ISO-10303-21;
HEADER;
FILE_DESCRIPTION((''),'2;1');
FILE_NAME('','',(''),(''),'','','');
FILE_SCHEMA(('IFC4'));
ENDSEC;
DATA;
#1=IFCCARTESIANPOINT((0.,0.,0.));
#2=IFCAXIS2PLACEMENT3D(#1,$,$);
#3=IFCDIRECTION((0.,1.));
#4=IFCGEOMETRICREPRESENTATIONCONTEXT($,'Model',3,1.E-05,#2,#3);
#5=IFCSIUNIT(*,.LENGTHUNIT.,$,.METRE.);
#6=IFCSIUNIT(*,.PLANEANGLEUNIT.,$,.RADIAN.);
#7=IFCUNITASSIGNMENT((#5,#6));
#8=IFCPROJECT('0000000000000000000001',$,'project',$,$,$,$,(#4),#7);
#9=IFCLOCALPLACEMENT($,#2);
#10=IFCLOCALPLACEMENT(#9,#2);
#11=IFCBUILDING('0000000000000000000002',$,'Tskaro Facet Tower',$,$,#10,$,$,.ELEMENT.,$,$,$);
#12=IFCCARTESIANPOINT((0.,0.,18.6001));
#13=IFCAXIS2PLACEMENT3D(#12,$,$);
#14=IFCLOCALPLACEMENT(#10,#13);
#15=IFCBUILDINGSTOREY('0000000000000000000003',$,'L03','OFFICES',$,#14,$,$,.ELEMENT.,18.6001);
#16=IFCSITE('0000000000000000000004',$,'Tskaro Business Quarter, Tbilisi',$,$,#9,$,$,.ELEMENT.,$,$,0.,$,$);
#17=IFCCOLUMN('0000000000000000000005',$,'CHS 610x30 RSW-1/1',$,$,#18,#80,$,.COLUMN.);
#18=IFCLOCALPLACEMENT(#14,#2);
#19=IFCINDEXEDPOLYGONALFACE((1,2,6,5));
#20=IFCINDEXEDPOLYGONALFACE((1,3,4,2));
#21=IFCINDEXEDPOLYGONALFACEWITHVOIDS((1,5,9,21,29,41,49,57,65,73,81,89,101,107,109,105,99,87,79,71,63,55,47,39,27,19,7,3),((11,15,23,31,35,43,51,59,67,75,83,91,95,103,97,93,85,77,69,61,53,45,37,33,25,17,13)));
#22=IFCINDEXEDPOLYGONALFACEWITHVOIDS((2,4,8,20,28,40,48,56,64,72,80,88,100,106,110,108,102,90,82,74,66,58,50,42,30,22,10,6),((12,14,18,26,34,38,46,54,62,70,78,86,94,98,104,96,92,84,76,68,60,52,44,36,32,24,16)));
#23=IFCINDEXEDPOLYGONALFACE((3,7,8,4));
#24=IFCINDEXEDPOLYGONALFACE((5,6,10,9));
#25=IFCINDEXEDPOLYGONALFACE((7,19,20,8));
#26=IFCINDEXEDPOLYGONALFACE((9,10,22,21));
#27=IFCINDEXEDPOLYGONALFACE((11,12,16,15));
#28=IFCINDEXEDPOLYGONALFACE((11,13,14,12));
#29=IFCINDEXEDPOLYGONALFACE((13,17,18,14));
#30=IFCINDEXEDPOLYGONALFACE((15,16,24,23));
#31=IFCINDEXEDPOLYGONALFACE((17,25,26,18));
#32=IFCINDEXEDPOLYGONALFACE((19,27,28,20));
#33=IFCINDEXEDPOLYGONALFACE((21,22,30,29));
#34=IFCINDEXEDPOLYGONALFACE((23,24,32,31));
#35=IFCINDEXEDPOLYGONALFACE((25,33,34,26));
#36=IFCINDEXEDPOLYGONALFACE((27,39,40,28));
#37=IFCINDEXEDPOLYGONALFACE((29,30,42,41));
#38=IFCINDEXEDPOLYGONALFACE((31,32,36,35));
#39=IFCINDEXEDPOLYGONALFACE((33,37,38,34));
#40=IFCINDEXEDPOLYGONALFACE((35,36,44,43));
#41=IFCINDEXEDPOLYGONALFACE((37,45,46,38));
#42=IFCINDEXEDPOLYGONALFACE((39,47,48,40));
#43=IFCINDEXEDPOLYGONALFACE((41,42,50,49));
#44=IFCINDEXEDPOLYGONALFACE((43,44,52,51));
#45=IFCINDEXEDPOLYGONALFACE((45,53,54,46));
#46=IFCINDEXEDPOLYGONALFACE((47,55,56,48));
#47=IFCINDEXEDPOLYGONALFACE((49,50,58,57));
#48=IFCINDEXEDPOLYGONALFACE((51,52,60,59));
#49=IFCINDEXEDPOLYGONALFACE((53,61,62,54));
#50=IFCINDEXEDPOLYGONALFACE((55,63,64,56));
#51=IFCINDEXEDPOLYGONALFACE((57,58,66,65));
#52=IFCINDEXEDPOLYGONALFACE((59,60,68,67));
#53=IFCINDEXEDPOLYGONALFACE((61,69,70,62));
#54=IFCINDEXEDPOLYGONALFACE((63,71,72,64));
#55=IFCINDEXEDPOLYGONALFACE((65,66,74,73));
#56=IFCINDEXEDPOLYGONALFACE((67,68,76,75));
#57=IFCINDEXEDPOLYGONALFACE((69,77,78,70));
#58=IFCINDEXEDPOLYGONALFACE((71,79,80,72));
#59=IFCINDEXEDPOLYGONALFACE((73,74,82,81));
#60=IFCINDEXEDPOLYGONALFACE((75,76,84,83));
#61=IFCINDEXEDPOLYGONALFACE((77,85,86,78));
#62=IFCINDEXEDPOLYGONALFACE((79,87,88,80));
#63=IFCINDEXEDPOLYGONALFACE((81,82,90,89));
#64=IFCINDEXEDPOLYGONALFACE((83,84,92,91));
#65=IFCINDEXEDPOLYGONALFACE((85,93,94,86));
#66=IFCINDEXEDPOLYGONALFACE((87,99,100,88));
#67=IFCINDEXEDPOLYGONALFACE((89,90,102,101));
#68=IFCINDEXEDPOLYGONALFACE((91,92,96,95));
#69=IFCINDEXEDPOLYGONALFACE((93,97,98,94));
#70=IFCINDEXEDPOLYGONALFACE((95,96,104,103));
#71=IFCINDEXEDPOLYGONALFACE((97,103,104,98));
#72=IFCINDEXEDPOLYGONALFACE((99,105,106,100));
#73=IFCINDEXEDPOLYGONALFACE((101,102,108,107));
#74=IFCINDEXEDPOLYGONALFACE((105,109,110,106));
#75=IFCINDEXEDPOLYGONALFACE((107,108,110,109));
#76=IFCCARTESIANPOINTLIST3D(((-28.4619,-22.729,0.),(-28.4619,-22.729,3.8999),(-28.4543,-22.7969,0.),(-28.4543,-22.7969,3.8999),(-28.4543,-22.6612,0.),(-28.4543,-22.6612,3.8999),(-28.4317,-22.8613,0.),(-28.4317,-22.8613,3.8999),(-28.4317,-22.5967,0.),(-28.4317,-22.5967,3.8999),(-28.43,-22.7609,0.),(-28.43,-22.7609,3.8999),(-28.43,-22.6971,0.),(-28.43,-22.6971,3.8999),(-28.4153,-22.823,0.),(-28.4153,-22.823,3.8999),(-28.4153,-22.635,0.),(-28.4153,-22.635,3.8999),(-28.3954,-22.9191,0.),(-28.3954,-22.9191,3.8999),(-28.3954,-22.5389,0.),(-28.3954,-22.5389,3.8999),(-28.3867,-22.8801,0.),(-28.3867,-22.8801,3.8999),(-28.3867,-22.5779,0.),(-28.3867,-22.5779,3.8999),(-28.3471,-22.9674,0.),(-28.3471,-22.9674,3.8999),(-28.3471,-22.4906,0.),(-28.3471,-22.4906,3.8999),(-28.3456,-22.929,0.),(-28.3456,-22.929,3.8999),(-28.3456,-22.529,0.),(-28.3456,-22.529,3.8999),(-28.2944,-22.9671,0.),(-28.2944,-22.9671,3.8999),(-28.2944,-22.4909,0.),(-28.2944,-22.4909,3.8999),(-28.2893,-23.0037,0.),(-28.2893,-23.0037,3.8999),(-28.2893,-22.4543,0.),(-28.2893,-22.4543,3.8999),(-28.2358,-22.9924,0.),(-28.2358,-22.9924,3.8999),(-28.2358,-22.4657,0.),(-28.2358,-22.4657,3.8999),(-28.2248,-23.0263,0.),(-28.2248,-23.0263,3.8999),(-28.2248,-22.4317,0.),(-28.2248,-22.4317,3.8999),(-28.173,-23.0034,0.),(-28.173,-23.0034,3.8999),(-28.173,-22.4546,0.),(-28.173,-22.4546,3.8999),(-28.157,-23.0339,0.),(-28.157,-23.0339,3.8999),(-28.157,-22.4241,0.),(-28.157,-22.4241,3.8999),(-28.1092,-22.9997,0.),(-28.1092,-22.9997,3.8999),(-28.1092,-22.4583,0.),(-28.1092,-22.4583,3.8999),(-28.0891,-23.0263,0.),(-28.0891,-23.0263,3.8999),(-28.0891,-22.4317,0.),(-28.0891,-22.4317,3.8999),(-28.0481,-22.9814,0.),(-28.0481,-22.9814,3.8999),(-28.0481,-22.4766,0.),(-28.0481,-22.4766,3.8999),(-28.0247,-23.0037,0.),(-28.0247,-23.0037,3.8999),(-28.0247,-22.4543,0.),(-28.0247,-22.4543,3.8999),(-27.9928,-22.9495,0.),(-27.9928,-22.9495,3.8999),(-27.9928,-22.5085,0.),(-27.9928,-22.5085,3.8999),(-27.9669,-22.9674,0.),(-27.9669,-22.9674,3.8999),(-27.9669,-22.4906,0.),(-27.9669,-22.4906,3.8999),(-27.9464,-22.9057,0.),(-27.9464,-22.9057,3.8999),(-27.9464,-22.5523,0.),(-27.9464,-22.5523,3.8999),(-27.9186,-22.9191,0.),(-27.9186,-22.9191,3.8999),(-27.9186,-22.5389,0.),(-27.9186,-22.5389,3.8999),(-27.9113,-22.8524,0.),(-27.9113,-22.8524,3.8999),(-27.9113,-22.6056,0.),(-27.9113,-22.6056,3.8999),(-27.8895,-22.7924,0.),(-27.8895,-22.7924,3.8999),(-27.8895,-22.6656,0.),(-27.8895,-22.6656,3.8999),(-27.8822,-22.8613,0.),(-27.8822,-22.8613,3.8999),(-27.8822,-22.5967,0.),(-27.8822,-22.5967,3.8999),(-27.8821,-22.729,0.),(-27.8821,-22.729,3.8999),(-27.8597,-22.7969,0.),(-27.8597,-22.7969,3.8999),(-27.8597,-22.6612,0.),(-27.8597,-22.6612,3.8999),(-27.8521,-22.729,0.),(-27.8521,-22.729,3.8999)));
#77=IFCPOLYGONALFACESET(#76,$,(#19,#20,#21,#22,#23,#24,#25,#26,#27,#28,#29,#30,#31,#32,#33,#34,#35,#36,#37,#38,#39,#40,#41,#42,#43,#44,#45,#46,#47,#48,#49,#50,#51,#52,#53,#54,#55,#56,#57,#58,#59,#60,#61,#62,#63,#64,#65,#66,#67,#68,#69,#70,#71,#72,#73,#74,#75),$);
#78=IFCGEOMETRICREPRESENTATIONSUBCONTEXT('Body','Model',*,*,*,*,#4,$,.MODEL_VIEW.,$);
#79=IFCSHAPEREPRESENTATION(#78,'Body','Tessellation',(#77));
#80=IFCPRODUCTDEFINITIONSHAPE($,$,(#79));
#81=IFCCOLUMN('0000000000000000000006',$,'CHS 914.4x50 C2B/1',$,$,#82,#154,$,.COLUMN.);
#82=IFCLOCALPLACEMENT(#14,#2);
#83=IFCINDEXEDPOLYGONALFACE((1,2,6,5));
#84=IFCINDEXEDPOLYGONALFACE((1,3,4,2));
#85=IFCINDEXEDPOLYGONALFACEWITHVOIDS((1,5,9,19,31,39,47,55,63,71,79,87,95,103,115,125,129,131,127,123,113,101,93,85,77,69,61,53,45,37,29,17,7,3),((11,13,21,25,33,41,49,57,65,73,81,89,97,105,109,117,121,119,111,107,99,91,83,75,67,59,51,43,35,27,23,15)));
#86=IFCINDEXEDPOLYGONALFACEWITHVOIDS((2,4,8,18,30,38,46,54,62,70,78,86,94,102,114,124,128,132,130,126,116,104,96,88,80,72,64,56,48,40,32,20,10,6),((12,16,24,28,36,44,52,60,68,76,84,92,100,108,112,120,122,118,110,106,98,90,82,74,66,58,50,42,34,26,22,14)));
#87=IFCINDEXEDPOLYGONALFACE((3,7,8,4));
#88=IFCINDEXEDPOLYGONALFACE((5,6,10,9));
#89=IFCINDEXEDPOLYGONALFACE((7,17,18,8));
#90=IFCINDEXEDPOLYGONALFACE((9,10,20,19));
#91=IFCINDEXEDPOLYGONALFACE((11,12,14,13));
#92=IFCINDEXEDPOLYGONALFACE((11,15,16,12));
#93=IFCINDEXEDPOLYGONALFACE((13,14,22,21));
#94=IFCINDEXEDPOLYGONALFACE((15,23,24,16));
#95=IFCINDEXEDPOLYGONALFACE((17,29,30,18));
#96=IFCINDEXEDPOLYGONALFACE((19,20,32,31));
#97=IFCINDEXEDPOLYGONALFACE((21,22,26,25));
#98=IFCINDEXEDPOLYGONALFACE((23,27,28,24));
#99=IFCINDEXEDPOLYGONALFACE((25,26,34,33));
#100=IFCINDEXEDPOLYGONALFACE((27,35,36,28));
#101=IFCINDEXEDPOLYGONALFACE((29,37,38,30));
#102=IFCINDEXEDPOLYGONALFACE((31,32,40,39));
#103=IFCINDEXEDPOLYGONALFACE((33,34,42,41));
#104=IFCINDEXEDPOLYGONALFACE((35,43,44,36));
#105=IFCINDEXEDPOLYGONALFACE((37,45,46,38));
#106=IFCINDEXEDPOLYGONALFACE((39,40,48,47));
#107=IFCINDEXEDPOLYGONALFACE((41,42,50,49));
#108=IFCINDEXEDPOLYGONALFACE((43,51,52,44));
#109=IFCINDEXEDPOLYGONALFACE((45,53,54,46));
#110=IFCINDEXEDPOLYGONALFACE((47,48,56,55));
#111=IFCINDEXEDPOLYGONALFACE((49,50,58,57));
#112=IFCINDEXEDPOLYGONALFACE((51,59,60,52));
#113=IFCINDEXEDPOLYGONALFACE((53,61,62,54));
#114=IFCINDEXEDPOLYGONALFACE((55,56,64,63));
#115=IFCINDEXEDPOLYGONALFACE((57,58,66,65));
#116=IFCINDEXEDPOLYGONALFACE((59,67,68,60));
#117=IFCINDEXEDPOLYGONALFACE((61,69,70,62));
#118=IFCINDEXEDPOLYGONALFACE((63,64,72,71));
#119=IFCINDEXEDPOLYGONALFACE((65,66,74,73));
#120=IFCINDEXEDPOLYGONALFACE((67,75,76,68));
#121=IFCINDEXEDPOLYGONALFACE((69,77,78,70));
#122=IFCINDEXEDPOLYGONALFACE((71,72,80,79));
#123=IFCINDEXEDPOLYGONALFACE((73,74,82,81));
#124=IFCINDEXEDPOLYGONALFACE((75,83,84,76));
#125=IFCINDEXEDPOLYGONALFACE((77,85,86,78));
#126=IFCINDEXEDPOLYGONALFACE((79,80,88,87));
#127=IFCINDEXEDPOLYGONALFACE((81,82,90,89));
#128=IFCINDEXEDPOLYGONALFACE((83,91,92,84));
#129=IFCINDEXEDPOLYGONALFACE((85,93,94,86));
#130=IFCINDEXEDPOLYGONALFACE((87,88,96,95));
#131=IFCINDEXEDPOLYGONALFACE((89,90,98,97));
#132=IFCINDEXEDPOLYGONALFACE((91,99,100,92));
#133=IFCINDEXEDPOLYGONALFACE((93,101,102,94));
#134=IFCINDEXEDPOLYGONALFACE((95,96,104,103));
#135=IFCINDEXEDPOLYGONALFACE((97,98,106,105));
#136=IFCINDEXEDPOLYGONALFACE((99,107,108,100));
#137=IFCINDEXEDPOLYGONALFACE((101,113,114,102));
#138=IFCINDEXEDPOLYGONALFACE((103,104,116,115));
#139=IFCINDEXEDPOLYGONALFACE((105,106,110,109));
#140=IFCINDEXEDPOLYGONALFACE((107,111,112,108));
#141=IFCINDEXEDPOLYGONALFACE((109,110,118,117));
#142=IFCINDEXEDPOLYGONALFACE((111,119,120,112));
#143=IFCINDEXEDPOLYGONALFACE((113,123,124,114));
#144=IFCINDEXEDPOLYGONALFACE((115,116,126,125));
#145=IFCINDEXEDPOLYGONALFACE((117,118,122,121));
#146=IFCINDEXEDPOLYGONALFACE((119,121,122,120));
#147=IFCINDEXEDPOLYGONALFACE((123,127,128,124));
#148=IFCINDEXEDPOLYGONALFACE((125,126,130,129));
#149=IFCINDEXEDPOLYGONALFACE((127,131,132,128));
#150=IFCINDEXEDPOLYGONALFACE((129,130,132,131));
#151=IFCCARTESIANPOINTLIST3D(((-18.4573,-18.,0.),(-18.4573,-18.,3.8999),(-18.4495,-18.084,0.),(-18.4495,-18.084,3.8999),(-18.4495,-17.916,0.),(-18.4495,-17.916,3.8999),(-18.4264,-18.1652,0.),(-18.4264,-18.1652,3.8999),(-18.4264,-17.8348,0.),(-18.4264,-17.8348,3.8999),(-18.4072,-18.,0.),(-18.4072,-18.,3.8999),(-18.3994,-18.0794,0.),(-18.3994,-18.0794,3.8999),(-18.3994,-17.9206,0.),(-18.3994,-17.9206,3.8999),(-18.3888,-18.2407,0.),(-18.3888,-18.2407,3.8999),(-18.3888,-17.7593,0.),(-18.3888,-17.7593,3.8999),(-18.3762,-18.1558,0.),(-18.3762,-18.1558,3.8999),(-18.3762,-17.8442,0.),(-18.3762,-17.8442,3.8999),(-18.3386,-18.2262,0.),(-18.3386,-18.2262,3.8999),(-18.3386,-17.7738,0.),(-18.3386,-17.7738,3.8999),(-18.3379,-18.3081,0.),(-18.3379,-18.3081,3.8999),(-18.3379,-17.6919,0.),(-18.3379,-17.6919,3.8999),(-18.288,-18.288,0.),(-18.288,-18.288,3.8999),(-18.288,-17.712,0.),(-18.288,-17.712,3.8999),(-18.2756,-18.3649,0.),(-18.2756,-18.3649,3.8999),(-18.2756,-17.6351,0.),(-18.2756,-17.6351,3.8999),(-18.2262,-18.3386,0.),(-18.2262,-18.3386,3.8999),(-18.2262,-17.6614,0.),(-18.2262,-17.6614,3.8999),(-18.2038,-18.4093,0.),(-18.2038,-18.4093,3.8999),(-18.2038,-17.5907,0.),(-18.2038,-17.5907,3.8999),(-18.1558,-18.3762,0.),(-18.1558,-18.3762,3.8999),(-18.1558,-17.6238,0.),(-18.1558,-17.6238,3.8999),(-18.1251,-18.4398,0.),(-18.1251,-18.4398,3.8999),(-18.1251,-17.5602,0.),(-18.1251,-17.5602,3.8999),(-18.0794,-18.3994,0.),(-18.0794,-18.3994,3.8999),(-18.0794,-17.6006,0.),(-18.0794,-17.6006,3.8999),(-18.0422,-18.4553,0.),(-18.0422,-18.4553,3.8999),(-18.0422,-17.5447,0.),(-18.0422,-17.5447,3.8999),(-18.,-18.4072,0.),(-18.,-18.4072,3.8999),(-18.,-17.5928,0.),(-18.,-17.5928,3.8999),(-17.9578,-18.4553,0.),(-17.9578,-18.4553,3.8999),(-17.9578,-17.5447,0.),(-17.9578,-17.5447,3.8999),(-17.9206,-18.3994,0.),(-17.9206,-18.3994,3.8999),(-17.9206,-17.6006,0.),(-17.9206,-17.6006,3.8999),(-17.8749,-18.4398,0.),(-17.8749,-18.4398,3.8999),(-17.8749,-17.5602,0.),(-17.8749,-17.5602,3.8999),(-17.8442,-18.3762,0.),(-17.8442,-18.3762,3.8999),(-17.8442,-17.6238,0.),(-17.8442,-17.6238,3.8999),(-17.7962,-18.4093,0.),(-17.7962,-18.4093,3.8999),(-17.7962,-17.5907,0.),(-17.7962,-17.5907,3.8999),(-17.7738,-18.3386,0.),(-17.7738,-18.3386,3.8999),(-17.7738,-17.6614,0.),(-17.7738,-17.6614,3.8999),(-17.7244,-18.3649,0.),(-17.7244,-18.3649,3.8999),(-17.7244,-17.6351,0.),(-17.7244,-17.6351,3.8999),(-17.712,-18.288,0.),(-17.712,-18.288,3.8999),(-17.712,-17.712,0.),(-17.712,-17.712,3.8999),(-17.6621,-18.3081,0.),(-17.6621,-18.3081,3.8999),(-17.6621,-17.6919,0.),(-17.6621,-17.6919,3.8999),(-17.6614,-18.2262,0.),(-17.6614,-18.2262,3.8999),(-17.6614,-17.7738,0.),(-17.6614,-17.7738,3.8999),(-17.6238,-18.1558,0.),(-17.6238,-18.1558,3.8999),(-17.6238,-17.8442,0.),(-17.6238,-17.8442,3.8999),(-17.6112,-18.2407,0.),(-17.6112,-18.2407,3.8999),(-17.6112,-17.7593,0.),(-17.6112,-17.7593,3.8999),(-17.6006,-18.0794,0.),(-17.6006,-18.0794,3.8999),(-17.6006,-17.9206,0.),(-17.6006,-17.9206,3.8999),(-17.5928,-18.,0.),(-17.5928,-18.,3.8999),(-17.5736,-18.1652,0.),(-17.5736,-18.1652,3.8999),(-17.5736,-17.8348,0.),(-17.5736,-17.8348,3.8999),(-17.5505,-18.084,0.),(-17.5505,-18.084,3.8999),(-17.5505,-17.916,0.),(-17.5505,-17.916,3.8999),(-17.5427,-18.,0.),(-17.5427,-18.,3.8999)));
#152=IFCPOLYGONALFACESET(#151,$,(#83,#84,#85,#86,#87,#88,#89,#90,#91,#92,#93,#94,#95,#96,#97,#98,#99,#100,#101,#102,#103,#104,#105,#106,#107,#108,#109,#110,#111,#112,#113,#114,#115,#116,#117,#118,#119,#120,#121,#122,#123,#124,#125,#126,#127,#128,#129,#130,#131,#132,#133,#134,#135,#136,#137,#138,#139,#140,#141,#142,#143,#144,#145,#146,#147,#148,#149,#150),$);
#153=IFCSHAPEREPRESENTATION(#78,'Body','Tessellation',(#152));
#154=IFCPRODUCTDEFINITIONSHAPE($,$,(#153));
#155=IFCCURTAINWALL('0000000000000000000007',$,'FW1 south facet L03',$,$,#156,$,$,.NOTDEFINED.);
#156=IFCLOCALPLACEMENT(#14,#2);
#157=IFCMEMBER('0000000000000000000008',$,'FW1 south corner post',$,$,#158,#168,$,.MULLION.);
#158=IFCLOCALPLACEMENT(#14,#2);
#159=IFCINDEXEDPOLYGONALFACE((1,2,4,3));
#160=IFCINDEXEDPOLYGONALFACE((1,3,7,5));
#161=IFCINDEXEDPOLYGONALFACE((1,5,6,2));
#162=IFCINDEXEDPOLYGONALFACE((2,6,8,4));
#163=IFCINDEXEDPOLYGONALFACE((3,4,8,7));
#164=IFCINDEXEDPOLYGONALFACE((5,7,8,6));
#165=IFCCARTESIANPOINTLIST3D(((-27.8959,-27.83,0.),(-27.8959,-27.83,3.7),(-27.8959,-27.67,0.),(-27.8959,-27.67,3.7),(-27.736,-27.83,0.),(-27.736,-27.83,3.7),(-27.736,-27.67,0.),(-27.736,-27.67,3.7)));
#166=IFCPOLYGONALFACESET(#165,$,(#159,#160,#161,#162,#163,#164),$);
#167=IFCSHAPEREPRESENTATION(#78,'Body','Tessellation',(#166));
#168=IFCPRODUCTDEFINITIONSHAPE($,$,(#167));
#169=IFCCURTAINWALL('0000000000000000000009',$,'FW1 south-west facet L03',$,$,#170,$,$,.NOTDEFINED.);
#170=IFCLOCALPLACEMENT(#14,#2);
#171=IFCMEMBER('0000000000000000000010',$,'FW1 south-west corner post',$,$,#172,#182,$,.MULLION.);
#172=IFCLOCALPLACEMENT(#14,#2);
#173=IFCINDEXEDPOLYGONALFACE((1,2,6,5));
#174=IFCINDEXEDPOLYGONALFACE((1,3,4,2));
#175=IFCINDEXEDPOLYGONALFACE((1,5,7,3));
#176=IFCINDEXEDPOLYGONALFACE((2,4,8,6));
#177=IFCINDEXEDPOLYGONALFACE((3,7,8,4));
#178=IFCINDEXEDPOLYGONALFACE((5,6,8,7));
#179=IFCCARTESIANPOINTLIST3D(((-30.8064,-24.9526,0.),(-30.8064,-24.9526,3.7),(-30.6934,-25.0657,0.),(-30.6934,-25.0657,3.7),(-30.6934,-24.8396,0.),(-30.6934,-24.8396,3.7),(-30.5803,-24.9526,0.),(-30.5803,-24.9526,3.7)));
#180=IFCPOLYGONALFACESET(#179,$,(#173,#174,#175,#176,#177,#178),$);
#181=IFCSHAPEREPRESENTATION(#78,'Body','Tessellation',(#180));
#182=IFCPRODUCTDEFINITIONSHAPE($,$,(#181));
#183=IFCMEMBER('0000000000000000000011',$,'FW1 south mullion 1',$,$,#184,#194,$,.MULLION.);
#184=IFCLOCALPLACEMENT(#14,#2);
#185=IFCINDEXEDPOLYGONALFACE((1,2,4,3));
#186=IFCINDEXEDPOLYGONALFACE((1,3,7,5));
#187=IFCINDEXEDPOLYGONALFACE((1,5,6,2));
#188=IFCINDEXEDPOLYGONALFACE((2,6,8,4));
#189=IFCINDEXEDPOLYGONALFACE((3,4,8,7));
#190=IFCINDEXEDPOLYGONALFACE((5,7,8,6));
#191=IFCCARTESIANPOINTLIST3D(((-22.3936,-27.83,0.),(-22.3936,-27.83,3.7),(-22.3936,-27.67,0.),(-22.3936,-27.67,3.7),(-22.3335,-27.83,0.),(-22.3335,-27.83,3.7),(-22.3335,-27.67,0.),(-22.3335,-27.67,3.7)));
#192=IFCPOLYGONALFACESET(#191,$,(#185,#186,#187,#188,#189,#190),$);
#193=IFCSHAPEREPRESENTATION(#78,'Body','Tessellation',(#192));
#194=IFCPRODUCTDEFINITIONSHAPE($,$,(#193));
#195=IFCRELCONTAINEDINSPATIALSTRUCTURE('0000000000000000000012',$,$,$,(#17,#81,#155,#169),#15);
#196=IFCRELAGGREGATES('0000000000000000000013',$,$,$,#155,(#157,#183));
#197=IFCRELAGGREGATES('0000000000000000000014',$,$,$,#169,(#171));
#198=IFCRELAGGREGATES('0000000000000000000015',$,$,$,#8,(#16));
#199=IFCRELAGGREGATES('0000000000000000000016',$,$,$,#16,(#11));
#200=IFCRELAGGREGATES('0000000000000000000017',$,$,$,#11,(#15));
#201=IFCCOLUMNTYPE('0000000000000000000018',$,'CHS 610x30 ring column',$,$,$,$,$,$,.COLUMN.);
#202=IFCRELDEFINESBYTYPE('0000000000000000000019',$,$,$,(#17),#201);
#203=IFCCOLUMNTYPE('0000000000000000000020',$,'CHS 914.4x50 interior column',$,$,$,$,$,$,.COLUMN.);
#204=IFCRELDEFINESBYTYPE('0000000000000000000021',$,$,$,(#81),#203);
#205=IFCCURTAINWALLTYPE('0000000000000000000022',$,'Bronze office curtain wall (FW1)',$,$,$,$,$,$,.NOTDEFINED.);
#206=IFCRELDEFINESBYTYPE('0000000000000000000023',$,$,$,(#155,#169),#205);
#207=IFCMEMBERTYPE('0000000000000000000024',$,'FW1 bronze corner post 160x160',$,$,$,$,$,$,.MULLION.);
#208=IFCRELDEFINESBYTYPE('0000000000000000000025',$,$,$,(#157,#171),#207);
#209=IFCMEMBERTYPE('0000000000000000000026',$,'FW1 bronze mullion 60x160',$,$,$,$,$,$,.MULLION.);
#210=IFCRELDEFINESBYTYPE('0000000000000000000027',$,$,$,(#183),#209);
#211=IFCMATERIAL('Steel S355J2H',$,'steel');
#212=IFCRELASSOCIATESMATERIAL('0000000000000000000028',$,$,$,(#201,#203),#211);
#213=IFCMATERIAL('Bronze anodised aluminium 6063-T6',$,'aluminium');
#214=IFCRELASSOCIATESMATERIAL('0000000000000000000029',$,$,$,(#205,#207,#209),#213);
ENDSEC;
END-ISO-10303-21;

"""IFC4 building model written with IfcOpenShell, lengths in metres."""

from ifc_helpers import new_model, si_unit, direction, frame, origin, origin_2d, place, context, subcontext, project, spatial, rectangle, hollow_circle, extrude, material, material_profile, profile_set, type_object, element, aggregate, save


model = new_model("IFC4")

# Units and contexts
model_context = context("Model", 3, precision=1e-05, world=origin(), true_north=direction((0.0, 1.0)))
body_context = subcontext(model_context, "Body", "Model", "MODEL_VIEW")
ifc_project = project(units=[si_unit("LENGTHUNIT", "METRE"), si_unit("PLANEANGLEUNIT", "RADIAN")], contexts=[model_context])

# Site, building, storey
site_placement = place(None, origin())
site = spatial("IfcSite", under=ifc_project, at=site_placement, Name="Tskaro Business Quarter, Tbilisi", CompositionType="ELEMENT", RefElevation=0.0)
building_placement = place(site_placement, origin())
building = spatial("IfcBuilding", under=site, at=building_placement, Name="Tskaro Facet Tower", CompositionType="ELEMENT")
storey_placement = place(building_placement, frame((0.0, 0.0, 18.6001)))
storey = spatial("IfcBuildingStorey", under=building, at=storey_placement, Name="L03", Description="OFFICES", CompositionType="ELEMENT", Elevation=18.6001)

# Columns
ifc_material_1 = material(Name="Steel S355J2H", Category="steel")
ifc_material_profile_1 = material_profile(ifc_material_1, hollow_circle(Radius=0.3049, WallThickness=0.03, at=origin_2d()), Name="CHS 610x30")
ifc_profile_set_1 = profile_set([ifc_material_profile_1], Name="Steel S355J2H")
column_type_1 = type_object("IfcColumnType", Name="CHS 610x30 ring column", PredefinedType="COLUMN", material=ifc_profile_set_1)
for number, where, z_axis, x_axis, name in (
    (1, (-28.157, -22.729, 0.0), (0.0, 0.0, 1.0), (1.0, 0.0, 0.0), "CHS 610x30 RSW-1/1"),
):
    element("IfcColumn", number, at=place(storey_placement, frame(where, z_axis=z_axis, x_axis=x_axis)), inside=storey, type_object=column_type_1, Name=name, PredefinedType="COLUMN", context=body_context, shape_type="SweptSolid", body=[
        extrude(hollow_circle(Radius=0.3049, WallThickness=0.03, at=origin_2d()), origin(), (0.0, 0.0, 1.0), 3.8999),
    ])
ifc_material_profile_2 = material_profile(ifc_material_1, hollow_circle(Radius=0.4573, WallThickness=0.05, at=origin_2d()), Name="CHS 914.4x50")
ifc_profile_set_2 = profile_set([ifc_material_profile_2], Name="Steel S355J2H")
column_type_2 = type_object("IfcColumnType", Name="CHS 914.4x50 interior column", PredefinedType="COLUMN", material=ifc_profile_set_2)
column_placement = place(storey_placement, frame((-18.0, -18.0, 0.0), z_axis=(0.0, 0.0, 1.0), x_axis=(1.0, 0.0, 0.0)))
element("IfcColumn", 2, at=column_placement, inside=storey, type_object=column_type_2, Name="CHS 914.4x50 C2B/1", PredefinedType="COLUMN", context=body_context, shape_type="SweptSolid", body=[
    extrude(hollow_circle(Radius=0.4573, WallThickness=0.05, at=origin_2d()), origin(), (0.0, 0.0, 1.0), 3.8999),
])

# Curtain walls, members
ifc_material_2 = material(Name="Bronze anodised aluminium 6063-T6", Category="aluminium")
curtain_wall_type = type_object("IfcCurtainWallType", Name="Bronze office curtain wall (FW1)", PredefinedType="NOTDEFINED", material=ifc_material_2)
curtain_wall_1_placement = place(storey_placement, origin())
curtain_wall_1 = element("IfcCurtainWall", 3, at=curtain_wall_1_placement, inside=storey, type_object=curtain_wall_type, Name="FW1 south facet L03", PredefinedType="NOTDEFINED")
ifc_material_profile_3 = material_profile(ifc_material_2, rectangle(XDim=0.1599, YDim=0.1599, at=origin_2d()), Name="Corner post 160x160")
ifc_profile_set_3 = profile_set([ifc_material_profile_3], Name="Bronze anodised aluminium 6063-T6")
member_type_1 = type_object("IfcMemberType", Name="FW1 bronze corner post 160x160", PredefinedType="MULLION", material=ifc_profile_set_3)
member_1_placement = place(storey_placement, frame((-27.8159, -27.75, 0.0), z_axis=(0.0, 0.0, 1.0), x_axis=(1.0, 0.0, 0.0)))
member_1 = element("IfcMember", 4, at=member_1_placement, type_object=member_type_1, Name="FW1 south corner post", PredefinedType="MULLION", context=body_context, shape_type="SweptSolid", body=[
    extrude(rectangle(XDim=0.1599, YDim=0.1599, at=origin_2d()), origin(), (0.0, 0.0, 1.0), 3.7),
])
curtain_wall_2_placement = place(storey_placement, origin())
curtain_wall_2 = element("IfcCurtainWall", 5, at=curtain_wall_2_placement, inside=storey, type_object=curtain_wall_type, Name="FW1 south-west facet L03", PredefinedType="NOTDEFINED")
member_2_placement = place(storey_placement, frame((-30.6934, -24.9526, 0.0), z_axis=(0.0, 0.0, 1.0), x_axis=(0.707107, -0.707107, 0.0)))
member_2 = element("IfcMember", 6, at=member_2_placement, type_object=member_type_1, Name="FW1 south-west corner post", PredefinedType="MULLION", context=body_context, shape_type="SweptSolid", body=[
    extrude(rectangle(XDim=0.1599, YDim=0.1599, at=origin_2d()), origin(), (0.0, 0.0, 1.0), 3.7),
])

# Member
ifc_material_profile_4 = material_profile(ifc_material_2, rectangle(XDim=0.0601, YDim=0.1599, at=origin_2d()), Name="Mullion 60x160")
ifc_profile_set_4 = profile_set([ifc_material_profile_4], Name="Bronze anodised aluminium 6063-T6")
member_type_2 = type_object("IfcMemberType", Name="FW1 bronze mullion 60x160", PredefinedType="MULLION", material=ifc_profile_set_4)
member_3_placement = place(storey_placement, frame((-22.3635, -27.75, 0.0), z_axis=(0.0, 0.0, 1.0), x_axis=(1.0, 0.0, 0.0)))
member_3 = element("IfcMember", 7, at=member_3_placement, type_object=member_type_2, Name="FW1 south mullion 1", PredefinedType="MULLION", context=body_context, shape_type="SweptSolid", body=[
    extrude(rectangle(XDim=0.0601, YDim=0.1599, at=origin_2d()), origin(), (0.0, 0.0, 1.0), 3.7),
])

aggregate(curtain_wall_1, [member_1, member_3])
aggregate(curtain_wall_2, [member_2])

save(model, "model.ifc")
